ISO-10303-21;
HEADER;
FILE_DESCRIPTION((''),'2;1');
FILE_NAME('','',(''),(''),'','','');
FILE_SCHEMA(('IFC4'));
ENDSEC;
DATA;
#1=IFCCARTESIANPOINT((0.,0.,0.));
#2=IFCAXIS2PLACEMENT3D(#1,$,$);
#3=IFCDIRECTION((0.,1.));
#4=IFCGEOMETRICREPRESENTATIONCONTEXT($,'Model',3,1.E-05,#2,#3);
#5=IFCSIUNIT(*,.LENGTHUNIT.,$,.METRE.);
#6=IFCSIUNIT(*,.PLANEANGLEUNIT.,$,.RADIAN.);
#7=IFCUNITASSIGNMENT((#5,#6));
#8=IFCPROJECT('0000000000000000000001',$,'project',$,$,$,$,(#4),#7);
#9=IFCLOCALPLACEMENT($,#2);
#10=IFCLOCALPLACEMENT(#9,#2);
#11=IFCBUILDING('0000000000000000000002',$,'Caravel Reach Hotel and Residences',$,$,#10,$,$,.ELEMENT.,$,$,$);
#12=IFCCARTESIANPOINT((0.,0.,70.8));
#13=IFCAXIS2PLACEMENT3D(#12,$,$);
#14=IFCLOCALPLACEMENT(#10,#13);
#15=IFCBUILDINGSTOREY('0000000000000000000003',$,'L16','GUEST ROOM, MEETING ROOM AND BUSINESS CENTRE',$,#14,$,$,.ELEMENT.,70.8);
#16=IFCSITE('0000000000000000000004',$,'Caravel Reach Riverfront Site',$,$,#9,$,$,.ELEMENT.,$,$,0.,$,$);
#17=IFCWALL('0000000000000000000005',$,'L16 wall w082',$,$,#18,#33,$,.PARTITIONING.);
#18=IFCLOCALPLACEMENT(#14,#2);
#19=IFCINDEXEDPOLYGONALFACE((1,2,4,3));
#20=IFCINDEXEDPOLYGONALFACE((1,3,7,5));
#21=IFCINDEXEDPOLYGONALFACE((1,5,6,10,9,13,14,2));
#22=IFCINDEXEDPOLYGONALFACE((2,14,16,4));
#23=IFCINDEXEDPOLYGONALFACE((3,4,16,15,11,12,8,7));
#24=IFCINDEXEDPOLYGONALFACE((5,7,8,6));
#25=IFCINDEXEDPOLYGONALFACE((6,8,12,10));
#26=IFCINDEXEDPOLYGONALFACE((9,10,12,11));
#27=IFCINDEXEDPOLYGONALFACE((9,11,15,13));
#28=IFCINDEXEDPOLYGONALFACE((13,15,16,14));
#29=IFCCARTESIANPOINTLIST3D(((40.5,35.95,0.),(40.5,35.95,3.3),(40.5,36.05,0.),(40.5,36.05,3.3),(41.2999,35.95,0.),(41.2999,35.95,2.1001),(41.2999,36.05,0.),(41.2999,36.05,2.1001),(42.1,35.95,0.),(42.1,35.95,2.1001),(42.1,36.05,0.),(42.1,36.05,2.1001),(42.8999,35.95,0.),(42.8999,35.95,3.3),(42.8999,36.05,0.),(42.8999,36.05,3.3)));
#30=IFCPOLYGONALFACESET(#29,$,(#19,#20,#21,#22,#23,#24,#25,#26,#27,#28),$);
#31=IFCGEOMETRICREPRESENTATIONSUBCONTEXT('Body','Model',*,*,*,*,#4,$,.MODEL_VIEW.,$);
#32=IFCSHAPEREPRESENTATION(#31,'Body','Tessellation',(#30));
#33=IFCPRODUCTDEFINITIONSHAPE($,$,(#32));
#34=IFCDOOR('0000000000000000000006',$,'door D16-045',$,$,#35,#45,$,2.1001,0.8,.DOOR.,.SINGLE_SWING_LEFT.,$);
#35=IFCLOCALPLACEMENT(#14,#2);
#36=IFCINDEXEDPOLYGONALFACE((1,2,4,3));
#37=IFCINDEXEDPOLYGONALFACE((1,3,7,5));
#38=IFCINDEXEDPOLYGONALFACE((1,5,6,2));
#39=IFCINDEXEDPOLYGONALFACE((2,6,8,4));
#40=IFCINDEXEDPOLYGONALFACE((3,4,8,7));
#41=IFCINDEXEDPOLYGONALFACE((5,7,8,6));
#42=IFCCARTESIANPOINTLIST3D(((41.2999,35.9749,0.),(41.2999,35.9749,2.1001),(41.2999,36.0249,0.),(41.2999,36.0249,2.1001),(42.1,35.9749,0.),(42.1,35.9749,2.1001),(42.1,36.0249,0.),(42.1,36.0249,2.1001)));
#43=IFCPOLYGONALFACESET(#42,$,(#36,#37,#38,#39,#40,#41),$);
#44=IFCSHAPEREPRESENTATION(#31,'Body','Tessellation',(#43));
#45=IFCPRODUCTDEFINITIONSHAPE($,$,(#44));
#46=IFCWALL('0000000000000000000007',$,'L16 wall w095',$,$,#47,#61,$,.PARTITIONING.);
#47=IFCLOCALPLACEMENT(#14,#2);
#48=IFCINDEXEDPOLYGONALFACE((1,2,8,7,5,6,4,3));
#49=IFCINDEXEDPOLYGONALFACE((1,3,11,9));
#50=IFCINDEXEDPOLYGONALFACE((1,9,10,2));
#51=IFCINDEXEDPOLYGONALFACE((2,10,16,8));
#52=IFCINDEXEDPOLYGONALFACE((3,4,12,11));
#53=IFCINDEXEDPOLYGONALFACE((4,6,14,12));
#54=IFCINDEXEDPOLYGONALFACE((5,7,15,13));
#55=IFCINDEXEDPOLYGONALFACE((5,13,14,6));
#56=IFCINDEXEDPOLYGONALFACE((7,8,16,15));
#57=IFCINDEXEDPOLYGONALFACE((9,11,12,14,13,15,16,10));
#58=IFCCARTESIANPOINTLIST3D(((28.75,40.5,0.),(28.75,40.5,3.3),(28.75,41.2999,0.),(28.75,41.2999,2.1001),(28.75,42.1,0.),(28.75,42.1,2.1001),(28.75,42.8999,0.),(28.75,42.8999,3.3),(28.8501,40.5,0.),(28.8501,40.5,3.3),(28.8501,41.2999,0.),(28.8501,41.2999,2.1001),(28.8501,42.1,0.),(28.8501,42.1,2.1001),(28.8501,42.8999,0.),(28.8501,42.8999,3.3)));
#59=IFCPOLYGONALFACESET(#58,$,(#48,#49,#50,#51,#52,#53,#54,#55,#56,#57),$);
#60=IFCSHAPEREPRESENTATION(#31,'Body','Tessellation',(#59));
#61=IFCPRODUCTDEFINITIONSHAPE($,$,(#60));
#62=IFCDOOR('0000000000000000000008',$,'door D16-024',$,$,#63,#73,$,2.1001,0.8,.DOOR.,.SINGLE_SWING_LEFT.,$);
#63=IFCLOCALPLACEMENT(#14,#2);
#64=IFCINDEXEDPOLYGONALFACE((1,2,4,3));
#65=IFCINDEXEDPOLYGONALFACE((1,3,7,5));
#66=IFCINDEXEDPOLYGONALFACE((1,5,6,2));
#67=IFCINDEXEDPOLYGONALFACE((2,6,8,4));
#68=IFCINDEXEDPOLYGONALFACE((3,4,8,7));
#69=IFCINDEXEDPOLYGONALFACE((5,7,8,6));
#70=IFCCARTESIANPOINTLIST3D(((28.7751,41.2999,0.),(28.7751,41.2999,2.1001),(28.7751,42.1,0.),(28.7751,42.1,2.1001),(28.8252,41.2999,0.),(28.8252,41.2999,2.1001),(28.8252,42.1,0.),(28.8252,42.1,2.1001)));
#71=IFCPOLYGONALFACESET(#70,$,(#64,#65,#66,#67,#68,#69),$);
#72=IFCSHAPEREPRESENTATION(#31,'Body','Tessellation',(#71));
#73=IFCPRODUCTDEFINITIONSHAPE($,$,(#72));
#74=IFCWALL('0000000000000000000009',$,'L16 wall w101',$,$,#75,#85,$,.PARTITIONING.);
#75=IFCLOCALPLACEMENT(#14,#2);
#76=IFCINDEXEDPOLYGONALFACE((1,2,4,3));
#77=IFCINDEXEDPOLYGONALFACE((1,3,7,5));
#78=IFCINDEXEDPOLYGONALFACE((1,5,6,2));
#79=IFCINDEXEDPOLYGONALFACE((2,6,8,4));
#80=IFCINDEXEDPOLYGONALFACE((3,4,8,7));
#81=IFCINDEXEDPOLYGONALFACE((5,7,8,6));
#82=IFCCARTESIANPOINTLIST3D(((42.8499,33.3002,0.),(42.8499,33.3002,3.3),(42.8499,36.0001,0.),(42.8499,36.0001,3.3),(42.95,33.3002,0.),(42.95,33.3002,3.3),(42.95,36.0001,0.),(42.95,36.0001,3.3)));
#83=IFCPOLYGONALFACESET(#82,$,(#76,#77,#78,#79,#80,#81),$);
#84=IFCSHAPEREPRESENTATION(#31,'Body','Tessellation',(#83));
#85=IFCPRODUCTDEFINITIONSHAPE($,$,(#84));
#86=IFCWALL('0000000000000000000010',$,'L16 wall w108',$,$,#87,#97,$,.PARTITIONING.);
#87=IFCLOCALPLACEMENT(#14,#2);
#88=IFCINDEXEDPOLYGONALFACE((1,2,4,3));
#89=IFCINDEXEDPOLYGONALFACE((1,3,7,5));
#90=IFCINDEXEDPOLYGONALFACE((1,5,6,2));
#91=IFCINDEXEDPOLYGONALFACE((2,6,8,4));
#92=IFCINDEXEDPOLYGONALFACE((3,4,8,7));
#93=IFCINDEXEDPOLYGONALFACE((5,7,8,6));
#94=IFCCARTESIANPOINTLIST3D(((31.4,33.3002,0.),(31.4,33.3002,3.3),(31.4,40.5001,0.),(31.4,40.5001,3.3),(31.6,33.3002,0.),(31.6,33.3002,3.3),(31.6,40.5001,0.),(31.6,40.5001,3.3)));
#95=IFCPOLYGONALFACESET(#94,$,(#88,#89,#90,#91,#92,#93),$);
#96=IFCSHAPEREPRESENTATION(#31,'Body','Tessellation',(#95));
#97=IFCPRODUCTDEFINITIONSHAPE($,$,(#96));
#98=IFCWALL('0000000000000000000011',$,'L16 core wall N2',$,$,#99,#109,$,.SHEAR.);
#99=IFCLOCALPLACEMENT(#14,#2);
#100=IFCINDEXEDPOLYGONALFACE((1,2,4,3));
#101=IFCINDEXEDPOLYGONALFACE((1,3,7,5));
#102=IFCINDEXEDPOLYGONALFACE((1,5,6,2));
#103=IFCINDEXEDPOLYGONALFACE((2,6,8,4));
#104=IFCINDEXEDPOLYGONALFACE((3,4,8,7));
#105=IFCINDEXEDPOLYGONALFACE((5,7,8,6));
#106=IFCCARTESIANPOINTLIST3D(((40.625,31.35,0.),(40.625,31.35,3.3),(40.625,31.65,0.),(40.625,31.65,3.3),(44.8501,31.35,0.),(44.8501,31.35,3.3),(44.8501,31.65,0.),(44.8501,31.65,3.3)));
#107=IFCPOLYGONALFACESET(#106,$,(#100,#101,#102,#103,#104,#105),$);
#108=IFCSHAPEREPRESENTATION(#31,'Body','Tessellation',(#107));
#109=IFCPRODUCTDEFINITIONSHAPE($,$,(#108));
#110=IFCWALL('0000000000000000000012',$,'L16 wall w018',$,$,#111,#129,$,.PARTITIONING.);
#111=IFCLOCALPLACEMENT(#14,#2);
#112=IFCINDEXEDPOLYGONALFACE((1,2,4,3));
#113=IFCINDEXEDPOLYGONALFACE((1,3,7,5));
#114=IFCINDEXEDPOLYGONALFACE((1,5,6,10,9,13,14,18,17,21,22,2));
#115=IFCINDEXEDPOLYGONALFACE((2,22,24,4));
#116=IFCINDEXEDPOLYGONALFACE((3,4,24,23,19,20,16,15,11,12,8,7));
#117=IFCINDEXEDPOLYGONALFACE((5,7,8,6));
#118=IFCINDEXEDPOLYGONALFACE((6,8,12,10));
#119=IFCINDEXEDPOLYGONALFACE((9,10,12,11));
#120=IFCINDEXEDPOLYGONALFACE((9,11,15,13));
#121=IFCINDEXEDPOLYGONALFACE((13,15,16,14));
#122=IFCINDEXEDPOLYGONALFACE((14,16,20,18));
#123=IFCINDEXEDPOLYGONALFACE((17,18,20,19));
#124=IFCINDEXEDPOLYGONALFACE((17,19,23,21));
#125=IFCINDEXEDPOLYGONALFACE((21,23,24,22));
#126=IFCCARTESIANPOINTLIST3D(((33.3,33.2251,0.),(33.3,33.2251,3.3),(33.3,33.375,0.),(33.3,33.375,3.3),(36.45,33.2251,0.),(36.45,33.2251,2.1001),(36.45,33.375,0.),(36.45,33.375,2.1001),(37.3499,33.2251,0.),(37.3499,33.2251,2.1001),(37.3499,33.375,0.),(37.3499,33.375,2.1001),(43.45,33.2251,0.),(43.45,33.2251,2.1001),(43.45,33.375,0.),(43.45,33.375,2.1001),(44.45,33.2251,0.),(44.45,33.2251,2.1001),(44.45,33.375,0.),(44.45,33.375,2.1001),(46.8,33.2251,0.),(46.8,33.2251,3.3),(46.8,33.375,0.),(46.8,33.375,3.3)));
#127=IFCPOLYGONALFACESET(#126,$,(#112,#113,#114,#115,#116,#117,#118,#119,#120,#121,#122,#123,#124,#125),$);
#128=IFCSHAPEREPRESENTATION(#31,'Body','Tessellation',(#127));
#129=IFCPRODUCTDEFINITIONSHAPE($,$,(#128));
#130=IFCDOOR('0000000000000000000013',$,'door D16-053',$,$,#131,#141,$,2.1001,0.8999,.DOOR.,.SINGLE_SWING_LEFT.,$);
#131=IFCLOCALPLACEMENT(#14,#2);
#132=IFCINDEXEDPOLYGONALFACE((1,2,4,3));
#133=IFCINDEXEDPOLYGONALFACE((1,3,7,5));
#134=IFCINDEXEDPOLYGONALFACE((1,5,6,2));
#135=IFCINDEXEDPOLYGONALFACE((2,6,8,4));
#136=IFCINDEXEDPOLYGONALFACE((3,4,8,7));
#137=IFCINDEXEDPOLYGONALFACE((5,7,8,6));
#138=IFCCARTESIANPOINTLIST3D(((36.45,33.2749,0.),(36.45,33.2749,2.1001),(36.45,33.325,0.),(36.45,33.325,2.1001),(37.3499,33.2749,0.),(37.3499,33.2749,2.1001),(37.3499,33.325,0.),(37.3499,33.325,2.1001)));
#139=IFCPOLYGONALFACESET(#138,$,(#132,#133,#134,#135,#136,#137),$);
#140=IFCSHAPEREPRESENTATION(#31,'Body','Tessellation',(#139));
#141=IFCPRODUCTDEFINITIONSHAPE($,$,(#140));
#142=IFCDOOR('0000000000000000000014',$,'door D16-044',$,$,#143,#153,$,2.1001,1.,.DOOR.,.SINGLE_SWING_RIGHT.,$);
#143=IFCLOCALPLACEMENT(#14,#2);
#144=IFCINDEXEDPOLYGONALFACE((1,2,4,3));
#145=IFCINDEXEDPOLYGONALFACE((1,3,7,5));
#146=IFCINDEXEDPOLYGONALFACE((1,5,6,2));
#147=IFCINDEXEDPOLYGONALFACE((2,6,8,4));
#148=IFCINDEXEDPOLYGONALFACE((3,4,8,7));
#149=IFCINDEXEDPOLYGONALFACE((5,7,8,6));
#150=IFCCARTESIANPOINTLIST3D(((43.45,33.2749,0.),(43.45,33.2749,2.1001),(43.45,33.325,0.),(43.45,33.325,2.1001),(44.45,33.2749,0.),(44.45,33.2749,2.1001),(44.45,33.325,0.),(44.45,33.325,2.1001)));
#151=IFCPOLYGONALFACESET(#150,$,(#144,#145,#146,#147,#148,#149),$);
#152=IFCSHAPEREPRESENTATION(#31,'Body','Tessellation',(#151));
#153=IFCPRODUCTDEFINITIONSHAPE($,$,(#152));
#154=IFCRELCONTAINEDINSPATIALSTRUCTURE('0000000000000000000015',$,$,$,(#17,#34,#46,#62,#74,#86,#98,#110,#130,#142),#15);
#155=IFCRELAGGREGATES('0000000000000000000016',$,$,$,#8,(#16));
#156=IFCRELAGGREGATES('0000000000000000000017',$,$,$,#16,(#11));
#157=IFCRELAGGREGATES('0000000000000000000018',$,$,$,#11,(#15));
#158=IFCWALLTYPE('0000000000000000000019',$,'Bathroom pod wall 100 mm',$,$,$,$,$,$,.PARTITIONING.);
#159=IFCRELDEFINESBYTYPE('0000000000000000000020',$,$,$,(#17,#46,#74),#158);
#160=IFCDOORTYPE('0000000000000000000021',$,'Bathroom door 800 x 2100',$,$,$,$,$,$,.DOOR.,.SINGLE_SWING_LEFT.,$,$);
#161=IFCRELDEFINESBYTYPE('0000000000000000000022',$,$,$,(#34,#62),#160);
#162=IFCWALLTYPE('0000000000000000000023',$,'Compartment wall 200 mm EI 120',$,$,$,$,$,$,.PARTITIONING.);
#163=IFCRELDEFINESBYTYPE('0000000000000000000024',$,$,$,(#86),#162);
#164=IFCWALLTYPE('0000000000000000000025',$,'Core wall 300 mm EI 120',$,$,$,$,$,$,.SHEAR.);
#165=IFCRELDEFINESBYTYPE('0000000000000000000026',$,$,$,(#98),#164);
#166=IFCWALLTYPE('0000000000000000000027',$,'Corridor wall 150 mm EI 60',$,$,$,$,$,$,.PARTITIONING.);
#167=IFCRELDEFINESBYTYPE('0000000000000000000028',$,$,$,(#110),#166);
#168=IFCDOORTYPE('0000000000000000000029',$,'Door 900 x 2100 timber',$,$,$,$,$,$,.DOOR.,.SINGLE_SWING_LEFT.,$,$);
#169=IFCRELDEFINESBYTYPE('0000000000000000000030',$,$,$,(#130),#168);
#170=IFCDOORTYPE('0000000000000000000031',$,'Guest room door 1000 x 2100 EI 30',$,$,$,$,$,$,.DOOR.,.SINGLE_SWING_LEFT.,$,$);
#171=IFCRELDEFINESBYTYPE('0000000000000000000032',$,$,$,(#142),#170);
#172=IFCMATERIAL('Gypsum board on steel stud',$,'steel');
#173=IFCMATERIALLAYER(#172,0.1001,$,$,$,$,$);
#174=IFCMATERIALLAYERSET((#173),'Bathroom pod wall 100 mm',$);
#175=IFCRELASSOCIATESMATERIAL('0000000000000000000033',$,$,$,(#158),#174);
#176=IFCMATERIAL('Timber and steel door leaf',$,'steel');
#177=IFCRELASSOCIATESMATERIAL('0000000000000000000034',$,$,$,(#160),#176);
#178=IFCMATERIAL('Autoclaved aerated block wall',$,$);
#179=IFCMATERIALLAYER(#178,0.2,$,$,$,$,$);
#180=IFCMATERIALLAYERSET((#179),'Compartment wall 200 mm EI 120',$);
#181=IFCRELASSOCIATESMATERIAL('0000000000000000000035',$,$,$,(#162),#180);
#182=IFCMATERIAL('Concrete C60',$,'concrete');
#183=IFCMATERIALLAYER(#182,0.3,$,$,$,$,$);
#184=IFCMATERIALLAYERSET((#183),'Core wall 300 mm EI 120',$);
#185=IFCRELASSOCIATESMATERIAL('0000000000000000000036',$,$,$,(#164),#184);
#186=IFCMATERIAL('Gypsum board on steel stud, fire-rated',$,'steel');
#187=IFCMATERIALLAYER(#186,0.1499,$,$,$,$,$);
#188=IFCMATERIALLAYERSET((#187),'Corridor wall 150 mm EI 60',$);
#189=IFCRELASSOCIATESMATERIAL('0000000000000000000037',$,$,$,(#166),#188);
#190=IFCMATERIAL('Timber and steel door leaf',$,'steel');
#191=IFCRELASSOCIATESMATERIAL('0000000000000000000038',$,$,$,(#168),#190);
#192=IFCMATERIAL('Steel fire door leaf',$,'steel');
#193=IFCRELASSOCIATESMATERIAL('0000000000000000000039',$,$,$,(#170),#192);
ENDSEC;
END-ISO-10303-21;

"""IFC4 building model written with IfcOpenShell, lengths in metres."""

from ifc_helpers import new_model, si_unit, direction, frame, frame_2d, origin, place, context, subcontext, project, spatial, rectangle, extrude, material, layer, layer_set, type_object, element, fill, save


model = new_model("IFC4")

# Units and contexts
model_context = context("Model", 3, precision=1e-05, world=origin(), true_north=direction((0.0, 1.0)))
body_context = subcontext(model_context, "Body", "Model", "MODEL_VIEW")
ifc_project = project(units=[si_unit("LENGTHUNIT", "METRE"), si_unit("PLANEANGLEUNIT", "RADIAN")], contexts=[model_context])

# Site, building, storey
site_placement = place(None, origin())
site = spatial("IfcSite", under=ifc_project, at=site_placement, Name="Caravel Reach Riverfront Site", CompositionType="ELEMENT", RefElevation=0.0)
building_placement = place(site_placement, origin())
building = spatial("IfcBuilding", under=site, at=building_placement, Name="Caravel Reach Hotel and Residences", CompositionType="ELEMENT")
storey_placement = place(building_placement, frame((0.0, 0.0, 70.8)))
storey = spatial("IfcBuildingStorey", under=building, at=storey_placement, Name="L16", Description="GUEST ROOM, MEETING ROOM AND BUSINESS CENTRE", CompositionType="ELEMENT", Elevation=70.8)

# Walls, openings, doors
ifc_material_1 = material(Name="Gypsum board on steel stud", Category="steel")
ifc_layer_1 = layer(ifc_material_1, 0.1001)
ifc_layer_set_1 = layer_set([ifc_layer_1], Name="Bathroom pod wall 100 mm")
wall_type_1 = type_object("IfcWallType", Name="Bathroom pod wall 100 mm", PredefinedType="PARTITIONING", material=ifc_layer_set_1)
wall_1_placement = place(storey_placement, frame((40.5, 36.0, 0.0), z_axis=(0.0, 0.0, 1.0), x_axis=(1.0, 0.0, 0.0)))
wall_1 = element("IfcWall", 1, at=wall_1_placement, inside=storey, type_object=wall_type_1, Name="L16 wall w082", PredefinedType="PARTITIONING", context=body_context, shape_type="SweptSolid", body=[
    extrude(rectangle(XDim=2.3999, YDim=0.1001, at=frame_2d((1.2, 0.0))), origin(), (0.0, 0.0, 1.0), 3.3),
])
opening_1_placement = place(wall_1_placement, frame((0.8, 0.0, 0.0)))
opening_1 = element("IfcOpeningElement", 2, at=opening_1_placement, cuts=wall_1, PredefinedType="OPENING", context=body_context, shape_type="SweptSolid", body=[
    extrude(rectangle(XDim=0.8, YDim=2.1001, at=frame_2d((0.3999, 1.05))), frame((0.0, 0.0601, 0.0), z_axis=(0.0, -1.0, 0.0), x_axis=(1.0, 0.0, 0.0)), (0.0, 0.0, 1.0), 0.1201),
])
ifc_material_2 = material(Name="Timber and steel door leaf", Category="steel")
door_type_1 = type_object("IfcDoorType", Name="Bathroom door 800 x 2100", OperationType="SINGLE_SWING_LEFT", PredefinedType="DOOR", material=ifc_material_2)
door_1_placement = place(opening_1_placement, origin())
door_1 = element("IfcDoor", 3, at=door_1_placement, inside=storey, type_object=door_type_1, Name="door D16-045", OperationType="SINGLE_SWING_LEFT", OverallHeight=2.1001, OverallWidth=0.8, PredefinedType="DOOR", context=body_context, shape_type="SweptSolid", body=[
    extrude(rectangle(XDim=0.8, YDim=2.1001, at=frame_2d((0.3999, 1.05))), frame((0.0, 0.0249, 0.0), z_axis=(0.0, -1.0, 0.0), x_axis=(1.0, 0.0, 0.0)), (0.0, 0.0, 1.0), 0.05),
])
fill(opening_1, door_1)
wall_2_placement = place(storey_placement, frame((28.8, 40.5, 0.0), z_axis=(0.0, 0.0, 1.0), x_axis=(0.0, 1.0, 0.0)))
wall_2 = element("IfcWall", 4, at=wall_2_placement, inside=storey, type_object=wall_type_1, Name="L16 wall w095", PredefinedType="PARTITIONING", context=body_context, shape_type="SweptSolid", body=[
    extrude(rectangle(XDim=2.3999, YDim=0.1001, at=frame_2d((1.2, 0.0))), origin(), (0.0, 0.0, 1.0), 3.3),
])
opening_2_placement = place(wall_2_placement, frame((0.8, 0.0, 0.0)))
opening_2 = element("IfcOpeningElement", 5, at=opening_2_placement, cuts=wall_2, PredefinedType="OPENING", context=body_context, shape_type="SweptSolid", body=[
    extrude(rectangle(XDim=0.8, YDim=2.1001, at=frame_2d((0.3999, 1.05))), frame((0.0, 0.0601, 0.0), z_axis=(0.0, -1.0, 0.0), x_axis=(1.0, 0.0, 0.0)), (0.0, 0.0, 1.0), 0.1201),
])
door_2_placement = place(opening_2_placement, origin())
door_2 = element("IfcDoor", 6, at=door_2_placement, inside=storey, type_object=door_type_1, Name="door D16-024", OperationType="SINGLE_SWING_LEFT", OverallHeight=2.1001, OverallWidth=0.8, PredefinedType="DOOR", context=body_context, shape_type="SweptSolid", body=[
    extrude(rectangle(XDim=0.8, YDim=2.1001, at=frame_2d((0.3999, 1.05))), frame((0.0, 0.0249, 0.0), z_axis=(0.0, -1.0, 0.0), x_axis=(1.0, 0.0, 0.0)), (0.0, 0.0, 1.0), 0.05),
])
fill(opening_2, door_2)

# Walls
wall_3_placement = place(storey_placement, frame((42.8999, 33.3, 0.0), z_axis=(0.0, 0.0, 1.0), x_axis=(0.0, 1.0, 0.0)))
element("IfcWall", 7, at=wall_3_placement, inside=storey, type_object=wall_type_1, Name="L16 wall w101", PredefinedType="PARTITIONING", context=body_context, shape_type="SweptSolid", body=[
    extrude(rectangle(XDim=2.7, YDim=0.1001, at=frame_2d((1.3501, 0.0))), origin(), (0.0, 0.0, 1.0), 3.3),
])
ifc_material_3 = material(Name="Autoclaved aerated block wall")
ifc_layer_2 = layer(ifc_material_3, 0.2)
ifc_layer_set_2 = layer_set([ifc_layer_2], Name="Compartment wall 200 mm EI 120")
wall_type_2 = type_object("IfcWallType", Name="Compartment wall 200 mm EI 120", PredefinedType="PARTITIONING", material=ifc_layer_set_2)
wall_4_placement = place(storey_placement, frame((31.5, 33.3, 0.0), z_axis=(0.0, 0.0, 1.0), x_axis=(0.0, 1.0, 0.0)))
element("IfcWall", 8, at=wall_4_placement, inside=storey, type_object=wall_type_2, Name="L16 wall w108", PredefinedType="PARTITIONING", context=body_context, shape_type="SweptSolid", body=[
    extrude(rectangle(XDim=7.2, YDim=0.2, at=frame_2d((3.6001, 0.0))), origin(), (0.0, 0.0, 1.0), 3.3),
])
ifc_material_4 = material(Name="Concrete C60", Category="concrete")
ifc_layer_3 = layer(ifc_material_4, 0.3)
ifc_layer_set_3 = layer_set([ifc_layer_3], Name="Core wall 300 mm EI 120")
wall_type_3 = type_object("IfcWallType", Name="Core wall 300 mm EI 120", PredefinedType="SHEAR", material=ifc_layer_set_3)
wall_5_placement = place(storey_placement, frame((40.625, 31.5, 0.0), z_axis=(0.0, 0.0, 1.0), x_axis=(1.0, 0.0, 0.0)))
element("IfcWall", 9, at=wall_5_placement, inside=storey, type_object=wall_type_3, Name="L16 core wall N2", PredefinedType="SHEAR", context=body_context, shape_type="SweptSolid", body=[
    extrude(rectangle(XDim=4.2251, YDim=0.3, at=frame_2d((2.1125, 0.0))), origin(), (0.0, 0.0, 1.0), 3.3),
])

# Wall, openings, doors
ifc_material_5 = material(Name="Gypsum board on steel stud, fire-rated", Category="steel")
ifc_layer_4 = layer(ifc_material_5, 0.1499)
ifc_layer_set_4 = layer_set([ifc_layer_4], Name="Corridor wall 150 mm EI 60")
wall_type_4 = type_object("IfcWallType", Name="Corridor wall 150 mm EI 60", PredefinedType="PARTITIONING", material=ifc_layer_set_4)
wall_6_placement = place(storey_placement, frame((33.3, 33.3, 0.0), z_axis=(0.0, 0.0, 1.0), x_axis=(1.0, 0.0, 0.0)))
wall_6 = element("IfcWall", 10, at=wall_6_placement, inside=storey, type_object=wall_type_4, Name="L16 wall w018", PredefinedType="PARTITIONING", context=body_context, shape_type="SweptSolid", body=[
    extrude(rectangle(XDim=13.5, YDim=0.1499, at=frame_2d((6.75, 0.0))), origin(), (0.0, 0.0, 1.0), 3.3),
])
opening_3_placement = place(wall_6_placement, frame((10.1499, 0.0, 0.0)))
opening_3 = element("IfcOpeningElement", 11, at=opening_3_placement, cuts=wall_6, PredefinedType="OPENING", context=body_context, shape_type="SweptSolid", body=[
    extrude(rectangle(XDim=1.0, YDim=2.1001, at=frame_2d((0.5, 1.05))), frame((0.0, 0.085, 0.0), z_axis=(0.0, -1.0, 0.0), x_axis=(1.0, 0.0, 0.0)), (0.0, 0.0, 1.0), 0.1699),
])
opening_4_placement = place(wall_6_placement, frame((3.1499, 0.0, 0.0)))
opening_4 = element("IfcOpeningElement", 12, at=opening_4_placement, cuts=wall_6, PredefinedType="OPENING", context=body_context, shape_type="SweptSolid", body=[
    extrude(rectangle(XDim=0.8999, YDim=2.1001, at=frame_2d((0.45, 1.05))), frame((0.0, 0.085, 0.0), z_axis=(0.0, -1.0, 0.0), x_axis=(1.0, 0.0, 0.0)), (0.0, 0.0, 1.0), 0.1699),
])
ifc_material_6 = material(Name="Timber and steel door leaf", Category="steel")
door_type_2 = type_object("IfcDoorType", Name="Door 900 x 2100 timber", OperationType="SINGLE_SWING_LEFT", PredefinedType="DOOR", material=ifc_material_6)
door_3_placement = place(opening_4_placement, origin())
door_3 = element("IfcDoor", 13, at=door_3_placement, inside=storey, type_object=door_type_2, Name="door D16-053", OperationType="SINGLE_SWING_LEFT", OverallHeight=2.1001, OverallWidth=0.8999, PredefinedType="DOOR", context=body_context, shape_type="SweptSolid", body=[
    extrude(rectangle(XDim=0.8999, YDim=2.1001, at=frame_2d((0.45, 1.05))), frame((0.0, 0.0249, 0.0), z_axis=(0.0, -1.0, 0.0), x_axis=(1.0, 0.0, 0.0)), (0.0, 0.0, 1.0), 0.05),
])
fill(opening_4, door_3)
ifc_material_7 = material(Name="Steel fire door leaf", Category="steel")
door_type_3 = type_object("IfcDoorType", Name="Guest room door 1000 x 2100 EI 30", OperationType="SINGLE_SWING_LEFT", PredefinedType="DOOR", material=ifc_material_7)
door_4_placement = place(opening_3_placement, origin())
door_4 = element("IfcDoor", 14, at=door_4_placement, inside=storey, type_object=door_type_3, Name="door D16-044", OperationType="SINGLE_SWING_RIGHT", OverallHeight=2.1001, OverallWidth=1.0, PredefinedType="DOOR", context=body_context, shape_type="SweptSolid", body=[
    extrude(rectangle(XDim=1.0, YDim=2.1001, at=frame_2d((0.5, 1.05))), frame((0.0, 0.0249, 0.0), z_axis=(0.0, -1.0, 0.0), x_axis=(1.0, 0.0, 0.0)), (0.0, 0.0, 1.0), 0.05),
])
fill(opening_3, door_4)

save(model, "model.ifc")
